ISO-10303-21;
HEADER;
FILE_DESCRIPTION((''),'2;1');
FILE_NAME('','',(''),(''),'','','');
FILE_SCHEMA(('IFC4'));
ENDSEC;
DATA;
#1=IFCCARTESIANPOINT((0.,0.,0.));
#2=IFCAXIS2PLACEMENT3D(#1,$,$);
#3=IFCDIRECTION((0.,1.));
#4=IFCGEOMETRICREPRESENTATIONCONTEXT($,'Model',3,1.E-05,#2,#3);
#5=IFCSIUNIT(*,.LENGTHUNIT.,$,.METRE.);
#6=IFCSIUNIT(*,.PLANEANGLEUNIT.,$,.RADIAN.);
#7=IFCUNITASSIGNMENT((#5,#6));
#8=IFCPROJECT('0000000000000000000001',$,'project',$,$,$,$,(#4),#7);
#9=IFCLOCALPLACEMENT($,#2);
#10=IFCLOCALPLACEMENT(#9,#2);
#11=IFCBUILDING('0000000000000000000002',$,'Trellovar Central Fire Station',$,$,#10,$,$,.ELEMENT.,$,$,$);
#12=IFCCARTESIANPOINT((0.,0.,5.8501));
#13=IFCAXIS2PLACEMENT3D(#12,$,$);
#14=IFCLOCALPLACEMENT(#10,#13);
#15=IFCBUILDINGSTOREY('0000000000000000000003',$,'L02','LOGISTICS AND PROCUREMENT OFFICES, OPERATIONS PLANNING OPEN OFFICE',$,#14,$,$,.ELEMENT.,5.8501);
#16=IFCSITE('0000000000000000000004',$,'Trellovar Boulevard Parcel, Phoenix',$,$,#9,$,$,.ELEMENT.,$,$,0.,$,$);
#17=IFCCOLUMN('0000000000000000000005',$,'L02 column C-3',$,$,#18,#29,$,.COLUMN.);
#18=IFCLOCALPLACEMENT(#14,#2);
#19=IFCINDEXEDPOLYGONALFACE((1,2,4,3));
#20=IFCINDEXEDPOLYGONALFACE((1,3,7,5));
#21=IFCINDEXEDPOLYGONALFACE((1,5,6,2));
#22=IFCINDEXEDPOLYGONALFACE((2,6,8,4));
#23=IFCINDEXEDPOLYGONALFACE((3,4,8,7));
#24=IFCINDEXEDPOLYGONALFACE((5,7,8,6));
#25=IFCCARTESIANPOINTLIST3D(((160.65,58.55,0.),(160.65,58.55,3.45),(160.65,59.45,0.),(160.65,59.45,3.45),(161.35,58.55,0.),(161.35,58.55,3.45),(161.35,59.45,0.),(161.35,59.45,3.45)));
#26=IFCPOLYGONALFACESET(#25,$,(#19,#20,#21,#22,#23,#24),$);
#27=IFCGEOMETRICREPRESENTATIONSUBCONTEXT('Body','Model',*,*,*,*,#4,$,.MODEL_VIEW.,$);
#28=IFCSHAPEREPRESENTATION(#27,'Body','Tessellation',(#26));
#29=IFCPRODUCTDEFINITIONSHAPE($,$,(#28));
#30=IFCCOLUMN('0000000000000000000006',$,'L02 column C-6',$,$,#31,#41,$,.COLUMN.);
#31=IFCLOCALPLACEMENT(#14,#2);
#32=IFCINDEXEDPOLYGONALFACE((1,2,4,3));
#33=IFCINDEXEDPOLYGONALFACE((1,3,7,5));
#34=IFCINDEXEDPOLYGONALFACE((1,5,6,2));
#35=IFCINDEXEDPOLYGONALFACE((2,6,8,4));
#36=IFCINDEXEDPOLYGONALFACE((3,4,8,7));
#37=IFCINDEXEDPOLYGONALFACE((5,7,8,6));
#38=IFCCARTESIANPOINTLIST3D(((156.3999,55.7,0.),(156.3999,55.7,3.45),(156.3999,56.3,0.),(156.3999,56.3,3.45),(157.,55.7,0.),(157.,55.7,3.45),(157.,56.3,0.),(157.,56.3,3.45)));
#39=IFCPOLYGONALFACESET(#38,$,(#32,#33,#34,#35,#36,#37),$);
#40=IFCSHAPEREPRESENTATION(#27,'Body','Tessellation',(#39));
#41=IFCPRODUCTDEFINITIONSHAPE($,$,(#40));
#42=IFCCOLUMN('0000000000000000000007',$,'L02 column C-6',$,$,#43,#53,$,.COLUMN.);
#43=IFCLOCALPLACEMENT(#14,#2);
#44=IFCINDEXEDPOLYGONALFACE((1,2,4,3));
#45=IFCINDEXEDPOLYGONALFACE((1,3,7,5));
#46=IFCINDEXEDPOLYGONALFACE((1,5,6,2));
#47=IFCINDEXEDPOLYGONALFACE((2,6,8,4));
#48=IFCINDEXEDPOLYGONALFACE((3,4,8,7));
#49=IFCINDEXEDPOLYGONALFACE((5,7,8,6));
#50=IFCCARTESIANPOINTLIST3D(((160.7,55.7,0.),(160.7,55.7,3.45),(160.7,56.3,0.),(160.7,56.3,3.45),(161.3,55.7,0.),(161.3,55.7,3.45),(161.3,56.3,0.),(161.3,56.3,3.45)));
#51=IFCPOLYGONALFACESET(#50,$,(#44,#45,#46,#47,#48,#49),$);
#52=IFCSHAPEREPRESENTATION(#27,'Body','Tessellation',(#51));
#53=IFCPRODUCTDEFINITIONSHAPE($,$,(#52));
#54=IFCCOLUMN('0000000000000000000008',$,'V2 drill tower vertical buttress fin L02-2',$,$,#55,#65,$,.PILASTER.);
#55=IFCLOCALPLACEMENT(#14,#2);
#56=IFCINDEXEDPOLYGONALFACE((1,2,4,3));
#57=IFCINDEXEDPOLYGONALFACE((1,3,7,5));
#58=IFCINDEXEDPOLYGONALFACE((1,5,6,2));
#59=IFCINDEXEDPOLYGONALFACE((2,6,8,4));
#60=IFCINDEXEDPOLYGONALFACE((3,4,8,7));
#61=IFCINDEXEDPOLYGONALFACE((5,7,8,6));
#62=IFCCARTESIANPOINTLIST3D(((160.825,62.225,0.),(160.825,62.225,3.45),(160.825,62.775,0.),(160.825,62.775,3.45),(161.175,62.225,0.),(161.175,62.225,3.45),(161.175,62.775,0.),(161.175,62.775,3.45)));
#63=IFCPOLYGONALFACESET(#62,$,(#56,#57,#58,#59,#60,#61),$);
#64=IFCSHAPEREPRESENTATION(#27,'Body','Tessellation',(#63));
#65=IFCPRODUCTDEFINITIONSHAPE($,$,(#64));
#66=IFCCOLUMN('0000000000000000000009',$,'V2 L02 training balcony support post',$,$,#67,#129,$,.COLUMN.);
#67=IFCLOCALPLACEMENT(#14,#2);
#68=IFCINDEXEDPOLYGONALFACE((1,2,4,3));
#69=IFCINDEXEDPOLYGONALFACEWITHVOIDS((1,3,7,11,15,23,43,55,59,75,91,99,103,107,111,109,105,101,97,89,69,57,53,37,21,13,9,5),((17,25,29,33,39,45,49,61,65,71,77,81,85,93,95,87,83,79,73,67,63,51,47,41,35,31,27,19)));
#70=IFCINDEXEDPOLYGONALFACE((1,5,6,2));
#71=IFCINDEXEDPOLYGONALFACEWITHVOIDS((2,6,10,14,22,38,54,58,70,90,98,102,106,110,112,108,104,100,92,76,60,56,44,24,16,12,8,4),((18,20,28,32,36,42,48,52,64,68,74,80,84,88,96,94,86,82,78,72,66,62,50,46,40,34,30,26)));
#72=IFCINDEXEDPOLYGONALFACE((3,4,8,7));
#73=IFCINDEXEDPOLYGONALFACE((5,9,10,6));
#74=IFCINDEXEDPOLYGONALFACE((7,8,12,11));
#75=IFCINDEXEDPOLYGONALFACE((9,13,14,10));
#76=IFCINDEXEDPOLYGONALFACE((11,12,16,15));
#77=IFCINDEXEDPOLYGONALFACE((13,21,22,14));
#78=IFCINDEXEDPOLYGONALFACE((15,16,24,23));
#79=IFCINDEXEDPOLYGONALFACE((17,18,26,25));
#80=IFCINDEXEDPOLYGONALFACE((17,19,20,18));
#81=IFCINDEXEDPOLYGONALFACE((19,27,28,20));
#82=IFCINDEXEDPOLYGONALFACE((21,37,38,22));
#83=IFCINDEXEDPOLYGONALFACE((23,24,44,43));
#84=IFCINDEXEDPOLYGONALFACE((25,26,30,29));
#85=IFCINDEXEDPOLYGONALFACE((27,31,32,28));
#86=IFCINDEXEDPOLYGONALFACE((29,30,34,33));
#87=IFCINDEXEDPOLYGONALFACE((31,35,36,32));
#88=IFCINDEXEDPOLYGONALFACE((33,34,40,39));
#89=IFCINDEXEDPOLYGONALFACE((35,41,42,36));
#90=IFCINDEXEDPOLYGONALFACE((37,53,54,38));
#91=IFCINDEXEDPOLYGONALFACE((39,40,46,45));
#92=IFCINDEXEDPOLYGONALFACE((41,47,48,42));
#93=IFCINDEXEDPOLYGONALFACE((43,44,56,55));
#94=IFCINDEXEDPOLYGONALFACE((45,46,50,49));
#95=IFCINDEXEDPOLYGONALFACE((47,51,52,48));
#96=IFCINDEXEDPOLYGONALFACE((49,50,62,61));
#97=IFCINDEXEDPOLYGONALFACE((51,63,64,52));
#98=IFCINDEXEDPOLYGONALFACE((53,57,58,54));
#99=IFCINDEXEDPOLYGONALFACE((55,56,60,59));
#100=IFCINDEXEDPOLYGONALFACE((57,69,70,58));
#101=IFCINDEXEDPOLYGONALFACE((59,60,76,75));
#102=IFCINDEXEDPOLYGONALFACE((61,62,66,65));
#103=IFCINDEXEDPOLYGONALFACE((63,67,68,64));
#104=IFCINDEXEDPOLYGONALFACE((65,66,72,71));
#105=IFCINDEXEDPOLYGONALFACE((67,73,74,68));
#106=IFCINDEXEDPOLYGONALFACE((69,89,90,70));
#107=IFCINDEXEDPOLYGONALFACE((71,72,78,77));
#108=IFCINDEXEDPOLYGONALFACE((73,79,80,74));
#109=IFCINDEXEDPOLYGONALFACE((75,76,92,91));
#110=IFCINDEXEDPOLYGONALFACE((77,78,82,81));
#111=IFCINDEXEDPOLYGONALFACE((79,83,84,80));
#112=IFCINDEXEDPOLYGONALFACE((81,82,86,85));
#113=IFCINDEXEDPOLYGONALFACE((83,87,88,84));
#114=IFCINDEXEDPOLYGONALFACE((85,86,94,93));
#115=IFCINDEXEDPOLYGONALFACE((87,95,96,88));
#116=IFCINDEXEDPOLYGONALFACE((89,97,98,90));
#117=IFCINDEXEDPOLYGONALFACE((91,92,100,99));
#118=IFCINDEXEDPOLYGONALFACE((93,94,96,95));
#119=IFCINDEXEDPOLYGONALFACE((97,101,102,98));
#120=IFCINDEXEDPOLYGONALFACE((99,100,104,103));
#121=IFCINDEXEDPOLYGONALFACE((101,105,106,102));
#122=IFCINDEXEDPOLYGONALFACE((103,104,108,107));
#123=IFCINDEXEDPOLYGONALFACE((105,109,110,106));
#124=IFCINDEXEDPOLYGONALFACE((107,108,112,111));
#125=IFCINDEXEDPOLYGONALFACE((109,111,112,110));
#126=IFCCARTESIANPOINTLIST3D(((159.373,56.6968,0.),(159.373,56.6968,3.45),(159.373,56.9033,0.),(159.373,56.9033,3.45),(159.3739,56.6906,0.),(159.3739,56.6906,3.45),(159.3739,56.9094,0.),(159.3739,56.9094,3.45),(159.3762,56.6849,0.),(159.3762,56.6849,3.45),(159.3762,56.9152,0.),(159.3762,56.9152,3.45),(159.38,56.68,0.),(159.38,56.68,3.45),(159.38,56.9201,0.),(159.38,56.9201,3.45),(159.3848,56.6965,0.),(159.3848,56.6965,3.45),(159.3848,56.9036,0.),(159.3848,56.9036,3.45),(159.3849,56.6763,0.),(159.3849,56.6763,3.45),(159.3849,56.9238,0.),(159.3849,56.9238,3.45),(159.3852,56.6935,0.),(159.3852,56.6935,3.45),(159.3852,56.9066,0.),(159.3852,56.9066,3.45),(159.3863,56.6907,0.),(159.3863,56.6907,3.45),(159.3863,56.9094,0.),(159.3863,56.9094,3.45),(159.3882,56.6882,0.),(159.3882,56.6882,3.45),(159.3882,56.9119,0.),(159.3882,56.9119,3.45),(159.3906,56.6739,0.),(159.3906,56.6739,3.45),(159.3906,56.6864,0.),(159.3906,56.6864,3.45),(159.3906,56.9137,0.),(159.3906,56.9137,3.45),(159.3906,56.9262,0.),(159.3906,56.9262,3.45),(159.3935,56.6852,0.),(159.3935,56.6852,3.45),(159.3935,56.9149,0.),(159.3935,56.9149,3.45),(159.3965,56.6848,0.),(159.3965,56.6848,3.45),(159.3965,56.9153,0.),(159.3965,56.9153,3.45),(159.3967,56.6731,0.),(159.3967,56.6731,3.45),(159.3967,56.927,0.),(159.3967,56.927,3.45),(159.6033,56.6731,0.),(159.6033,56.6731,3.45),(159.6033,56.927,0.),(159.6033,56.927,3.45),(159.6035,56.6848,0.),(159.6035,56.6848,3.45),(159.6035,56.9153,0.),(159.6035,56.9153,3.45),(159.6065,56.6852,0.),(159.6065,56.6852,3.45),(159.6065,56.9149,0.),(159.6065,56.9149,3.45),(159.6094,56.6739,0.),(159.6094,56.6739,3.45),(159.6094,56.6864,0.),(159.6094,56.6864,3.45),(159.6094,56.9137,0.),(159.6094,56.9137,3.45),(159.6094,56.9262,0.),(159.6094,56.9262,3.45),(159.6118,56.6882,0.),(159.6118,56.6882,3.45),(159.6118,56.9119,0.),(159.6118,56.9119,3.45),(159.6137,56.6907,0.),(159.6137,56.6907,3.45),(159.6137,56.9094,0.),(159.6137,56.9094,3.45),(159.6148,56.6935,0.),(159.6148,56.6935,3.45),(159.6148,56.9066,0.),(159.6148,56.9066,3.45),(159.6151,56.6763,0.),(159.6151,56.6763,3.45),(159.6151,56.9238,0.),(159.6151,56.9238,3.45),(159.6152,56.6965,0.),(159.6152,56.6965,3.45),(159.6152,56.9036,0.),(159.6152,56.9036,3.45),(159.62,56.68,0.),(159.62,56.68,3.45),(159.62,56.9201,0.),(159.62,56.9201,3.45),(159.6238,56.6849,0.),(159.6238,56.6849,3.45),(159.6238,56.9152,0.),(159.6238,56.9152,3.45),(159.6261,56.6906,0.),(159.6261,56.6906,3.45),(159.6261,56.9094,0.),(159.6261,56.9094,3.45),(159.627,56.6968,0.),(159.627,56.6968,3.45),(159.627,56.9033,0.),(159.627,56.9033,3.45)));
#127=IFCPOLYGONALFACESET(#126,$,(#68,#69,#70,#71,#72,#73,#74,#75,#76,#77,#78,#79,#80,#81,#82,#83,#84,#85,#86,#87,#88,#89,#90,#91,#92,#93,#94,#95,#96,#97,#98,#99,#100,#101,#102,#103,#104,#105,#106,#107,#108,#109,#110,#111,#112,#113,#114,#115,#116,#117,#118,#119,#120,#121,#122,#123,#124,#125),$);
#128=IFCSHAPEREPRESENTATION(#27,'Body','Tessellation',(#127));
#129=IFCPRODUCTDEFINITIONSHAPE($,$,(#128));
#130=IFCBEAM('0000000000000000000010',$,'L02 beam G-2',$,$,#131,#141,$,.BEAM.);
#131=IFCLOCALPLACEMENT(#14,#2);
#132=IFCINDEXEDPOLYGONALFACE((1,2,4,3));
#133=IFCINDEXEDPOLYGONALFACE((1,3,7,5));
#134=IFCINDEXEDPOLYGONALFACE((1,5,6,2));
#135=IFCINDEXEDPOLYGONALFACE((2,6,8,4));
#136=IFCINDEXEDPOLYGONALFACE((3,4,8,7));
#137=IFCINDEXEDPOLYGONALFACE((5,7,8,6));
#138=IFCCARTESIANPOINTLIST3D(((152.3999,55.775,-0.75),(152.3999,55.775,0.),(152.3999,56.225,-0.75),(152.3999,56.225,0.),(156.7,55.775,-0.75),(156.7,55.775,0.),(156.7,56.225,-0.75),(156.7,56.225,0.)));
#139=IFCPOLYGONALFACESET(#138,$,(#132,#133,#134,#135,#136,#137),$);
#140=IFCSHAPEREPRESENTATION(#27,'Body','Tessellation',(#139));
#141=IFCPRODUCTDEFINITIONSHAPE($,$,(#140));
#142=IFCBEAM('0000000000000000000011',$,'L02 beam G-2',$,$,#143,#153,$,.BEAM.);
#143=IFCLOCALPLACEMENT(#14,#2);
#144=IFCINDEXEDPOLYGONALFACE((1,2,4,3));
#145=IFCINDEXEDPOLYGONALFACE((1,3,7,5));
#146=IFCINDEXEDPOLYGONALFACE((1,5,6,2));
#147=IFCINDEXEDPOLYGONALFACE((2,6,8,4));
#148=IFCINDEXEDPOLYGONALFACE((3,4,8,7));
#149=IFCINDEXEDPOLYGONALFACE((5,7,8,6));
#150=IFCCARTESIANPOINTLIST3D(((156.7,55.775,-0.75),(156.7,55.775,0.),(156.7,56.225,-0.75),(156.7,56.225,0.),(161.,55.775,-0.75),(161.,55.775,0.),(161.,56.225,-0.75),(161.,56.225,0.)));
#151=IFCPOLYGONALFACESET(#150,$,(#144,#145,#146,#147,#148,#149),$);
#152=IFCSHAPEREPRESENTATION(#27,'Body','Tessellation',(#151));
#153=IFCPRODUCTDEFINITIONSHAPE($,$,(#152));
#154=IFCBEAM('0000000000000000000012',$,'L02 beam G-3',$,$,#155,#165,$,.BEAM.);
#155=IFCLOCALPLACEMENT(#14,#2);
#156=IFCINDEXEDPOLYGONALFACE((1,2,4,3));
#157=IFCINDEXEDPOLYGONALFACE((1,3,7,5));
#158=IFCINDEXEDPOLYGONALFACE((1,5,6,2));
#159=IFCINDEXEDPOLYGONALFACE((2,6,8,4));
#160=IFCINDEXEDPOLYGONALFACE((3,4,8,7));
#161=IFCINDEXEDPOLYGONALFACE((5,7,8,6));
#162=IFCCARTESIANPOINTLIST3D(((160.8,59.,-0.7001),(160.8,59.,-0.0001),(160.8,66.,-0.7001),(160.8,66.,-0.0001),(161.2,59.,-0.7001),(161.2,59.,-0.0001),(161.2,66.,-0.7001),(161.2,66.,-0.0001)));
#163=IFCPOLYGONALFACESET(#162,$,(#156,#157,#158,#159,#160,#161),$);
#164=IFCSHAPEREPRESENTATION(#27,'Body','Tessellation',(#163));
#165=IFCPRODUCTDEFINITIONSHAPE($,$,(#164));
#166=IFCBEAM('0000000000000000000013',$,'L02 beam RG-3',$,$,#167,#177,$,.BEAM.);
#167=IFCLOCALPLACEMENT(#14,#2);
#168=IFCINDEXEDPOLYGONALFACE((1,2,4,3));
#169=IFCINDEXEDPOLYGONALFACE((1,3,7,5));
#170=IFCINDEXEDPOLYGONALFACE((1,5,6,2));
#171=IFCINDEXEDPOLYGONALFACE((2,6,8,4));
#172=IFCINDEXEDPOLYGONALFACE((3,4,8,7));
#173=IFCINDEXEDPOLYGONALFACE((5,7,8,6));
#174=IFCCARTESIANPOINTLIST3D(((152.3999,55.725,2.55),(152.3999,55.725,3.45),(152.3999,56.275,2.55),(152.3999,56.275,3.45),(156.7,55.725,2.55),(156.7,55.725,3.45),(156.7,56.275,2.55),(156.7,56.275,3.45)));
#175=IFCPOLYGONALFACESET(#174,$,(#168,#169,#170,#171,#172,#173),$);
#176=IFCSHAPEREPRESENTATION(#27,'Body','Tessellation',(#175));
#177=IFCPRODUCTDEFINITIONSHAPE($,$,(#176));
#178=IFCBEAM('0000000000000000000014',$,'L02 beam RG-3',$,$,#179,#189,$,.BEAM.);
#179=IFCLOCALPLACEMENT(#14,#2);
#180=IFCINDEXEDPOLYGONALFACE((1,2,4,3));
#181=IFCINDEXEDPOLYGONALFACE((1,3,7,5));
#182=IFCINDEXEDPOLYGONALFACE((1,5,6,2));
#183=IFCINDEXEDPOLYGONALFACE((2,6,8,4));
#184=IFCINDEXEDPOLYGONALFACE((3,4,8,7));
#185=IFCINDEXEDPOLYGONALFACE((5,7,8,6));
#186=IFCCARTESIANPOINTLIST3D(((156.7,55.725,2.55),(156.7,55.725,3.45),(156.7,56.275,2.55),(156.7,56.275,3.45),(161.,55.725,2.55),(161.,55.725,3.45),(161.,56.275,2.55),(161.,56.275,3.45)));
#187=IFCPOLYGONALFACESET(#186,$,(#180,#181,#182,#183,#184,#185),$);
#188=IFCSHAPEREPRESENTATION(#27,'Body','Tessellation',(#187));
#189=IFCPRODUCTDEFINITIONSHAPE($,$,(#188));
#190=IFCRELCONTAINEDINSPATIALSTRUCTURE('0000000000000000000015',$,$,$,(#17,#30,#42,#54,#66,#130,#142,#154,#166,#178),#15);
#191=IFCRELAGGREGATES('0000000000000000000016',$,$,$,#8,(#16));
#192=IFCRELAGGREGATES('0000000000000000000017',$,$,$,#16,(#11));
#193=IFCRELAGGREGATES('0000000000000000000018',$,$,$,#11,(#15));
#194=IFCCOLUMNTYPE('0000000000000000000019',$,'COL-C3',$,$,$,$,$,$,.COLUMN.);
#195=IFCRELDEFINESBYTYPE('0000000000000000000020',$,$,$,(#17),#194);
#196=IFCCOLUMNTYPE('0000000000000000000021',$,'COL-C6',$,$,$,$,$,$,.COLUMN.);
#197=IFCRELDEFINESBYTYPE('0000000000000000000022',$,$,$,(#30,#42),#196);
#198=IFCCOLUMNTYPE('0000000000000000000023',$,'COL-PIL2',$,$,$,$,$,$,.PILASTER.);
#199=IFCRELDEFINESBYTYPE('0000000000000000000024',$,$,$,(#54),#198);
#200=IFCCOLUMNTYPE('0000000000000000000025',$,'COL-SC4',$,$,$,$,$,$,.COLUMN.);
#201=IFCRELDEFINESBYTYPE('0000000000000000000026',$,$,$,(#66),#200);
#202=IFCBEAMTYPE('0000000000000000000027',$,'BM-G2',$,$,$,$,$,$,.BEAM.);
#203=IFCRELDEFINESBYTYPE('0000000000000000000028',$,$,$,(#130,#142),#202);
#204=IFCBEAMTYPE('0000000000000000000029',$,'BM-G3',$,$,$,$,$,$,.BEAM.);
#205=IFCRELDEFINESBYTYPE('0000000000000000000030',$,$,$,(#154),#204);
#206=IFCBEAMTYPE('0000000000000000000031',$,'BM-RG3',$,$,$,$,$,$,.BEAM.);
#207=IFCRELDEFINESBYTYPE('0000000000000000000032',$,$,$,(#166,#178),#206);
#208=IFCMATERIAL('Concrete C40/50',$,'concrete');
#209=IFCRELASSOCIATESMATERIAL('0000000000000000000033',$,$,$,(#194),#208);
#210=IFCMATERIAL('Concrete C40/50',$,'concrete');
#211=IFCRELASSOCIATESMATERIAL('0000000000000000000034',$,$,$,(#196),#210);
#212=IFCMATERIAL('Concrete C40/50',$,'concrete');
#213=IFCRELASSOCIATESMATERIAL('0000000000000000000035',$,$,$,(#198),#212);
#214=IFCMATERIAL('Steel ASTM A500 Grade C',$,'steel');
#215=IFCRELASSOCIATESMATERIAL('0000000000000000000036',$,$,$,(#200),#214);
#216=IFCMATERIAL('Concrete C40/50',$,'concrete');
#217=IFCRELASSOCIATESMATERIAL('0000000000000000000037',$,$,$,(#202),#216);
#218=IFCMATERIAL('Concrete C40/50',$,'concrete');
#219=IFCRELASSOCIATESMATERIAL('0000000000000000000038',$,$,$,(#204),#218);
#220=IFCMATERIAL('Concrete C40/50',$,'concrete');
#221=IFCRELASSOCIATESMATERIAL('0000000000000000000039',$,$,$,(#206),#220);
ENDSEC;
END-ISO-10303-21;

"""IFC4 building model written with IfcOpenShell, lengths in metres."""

from ifc_helpers import new_model, si_unit, direction, frame, origin, origin_2d, place, context, subcontext, project, spatial, rectangle, hollow_rectangle, extrude, material, material_profile, profile_set, type_object, element, save


model = new_model("IFC4")

# Units and contexts
model_context = context("Model", 3, precision=1e-05, world=origin(), true_north=direction((0.0, 1.0)))
body_context = subcontext(model_context, "Body", "Model", "MODEL_VIEW")
ifc_project = project(units=[si_unit("LENGTHUNIT", "METRE"), si_unit("PLANEANGLEUNIT", "RADIAN")], contexts=[model_context])

# Site, building, storey
site_placement = place(None, origin())
site = spatial("IfcSite", under=ifc_project, at=site_placement, Name="Trellovar Boulevard Parcel, Phoenix", CompositionType="ELEMENT", RefElevation=0.0)
building_placement = place(site_placement, origin())
building = spatial("IfcBuilding", under=site, at=building_placement, Name="Trellovar Central Fire Station", CompositionType="ELEMENT")
storey_placement = place(building_placement, frame((0.0, 0.0, 5.8501)))
storey = spatial("IfcBuildingStorey", under=building, at=storey_placement, Name="L02", Description="LOGISTICS AND PROCUREMENT OFFICES, OPERATIONS PLANNING OPEN OFFICE", CompositionType="ELEMENT", Elevation=5.8501)

# Columns
ifc_material_1 = material(Name="Concrete C40/50", Category="concrete")
ifc_material_profile_1 = material_profile(ifc_material_1, rectangle(XDim=0.7, YDim=0.8999, at=origin_2d()), Name="RC700X900")
ifc_profile_set_1 = profile_set([ifc_material_profile_1], Name="Concrete C40/50")
column_type_1 = type_object("IfcColumnType", Name="COL-C3", PredefinedType="COLUMN", material=ifc_profile_set_1)
column_1_placement = place(storey_placement, frame((161.0, 59.0, 0.0), z_axis=(0.0, 0.0, 1.0), x_axis=(1.0, 0.0, 0.0)))
element("IfcColumn", 1, at=column_1_placement, inside=storey, type_object=column_type_1, Name="L02 column C-3", PredefinedType="COLUMN", context=body_context, shape_type="SweptSolid", body=[
    extrude(rectangle(XDim=0.7, YDim=0.8999, at=origin_2d()), origin(), (0.0, 0.0, 1.0), 3.45),
])
ifc_material_2 = material(Name="Concrete C40/50", Category="concrete")
ifc_material_profile_2 = material_profile(ifc_material_2, rectangle(XDim=0.6001, YDim=0.6001, at=origin_2d()), Name="RC600X600")
ifc_profile_set_2 = profile_set([ifc_material_profile_2], Name="Concrete C40/50")
column_type_2 = type_object("IfcColumnType", Name="COL-C6", PredefinedType="COLUMN", material=ifc_profile_set_2)
for number, where, z_axis, x_axis, name in (
    (2, (156.7, 56.0, 0.0), (0.0, 0.0, 1.0), (1.0, 0.0, 0.0), "L02 column C-6"),
    (3, (161.0, 56.0, 0.0), (0.0, 0.0, 1.0), (1.0, 0.0, 0.0), "L02 column C-6"),
):
    element("IfcColumn", number, at=place(storey_placement, frame(where, z_axis=z_axis, x_axis=x_axis)), inside=storey, type_object=column_type_2, Name=name, PredefinedType="COLUMN", context=body_context, shape_type="SweptSolid", body=[
        extrude(rectangle(XDim=0.6001, YDim=0.6001, at=origin_2d()), origin(), (0.0, 0.0, 1.0), 3.45),
    ])
ifc_material_3 = material(Name="Concrete C40/50", Category="concrete")
ifc_material_profile_3 = material_profile(ifc_material_3, rectangle(XDim=0.3501, YDim=0.55, at=origin_2d()), Name="RC350X550")
ifc_profile_set_3 = profile_set([ifc_material_profile_3], Name="Concrete C40/50")
column_type_3 = type_object("IfcColumnType", Name="COL-PIL2", PredefinedType="PILASTER", material=ifc_profile_set_3)
column_2_placement = place(storey_placement, frame((161.0, 62.5, 0.0), z_axis=(0.0, 0.0, 1.0), x_axis=(1.0, 0.0, 0.0)))
element("IfcColumn", 4, at=column_2_placement, inside=storey, type_object=column_type_3, Name="V2 drill tower vertical buttress fin L02-2", PredefinedType="PILASTER", context=body_context, shape_type="SweptSolid", body=[
    extrude(rectangle(XDim=0.3501, YDim=0.55, at=origin_2d()), origin(), (0.0, 0.0, 1.0), 3.45),
])
ifc_material_4 = material(Name="Steel ASTM A500 Grade C", Category="steel")
ifc_material_profile_4 = material_profile(ifc_material_4, hollow_rectangle(XDim=0.2539, YDim=0.2539, WallThickness=0.0117, InnerFilletRadius=0.0117, OuterFilletRadius=0.0237, at=origin_2d()), Name="HSS10X10X1/2")
ifc_profile_set_4 = profile_set([ifc_material_profile_4], Name="Steel ASTM A500 Grade C")
column_type_4 = type_object("IfcColumnType", Name="COL-SC4", PredefinedType="COLUMN", material=ifc_profile_set_4)
column_3_placement = place(storey_placement, frame((159.5, 56.8, 0.0), z_axis=(0.0, 0.0, 1.0), x_axis=(1.0, 0.0, 0.0)))
element("IfcColumn", 5, at=column_3_placement, inside=storey, type_object=column_type_4, Name="V2 L02 training balcony support post", PredefinedType="COLUMN", context=body_context, shape_type="SweptSolid", body=[
    extrude(hollow_rectangle(XDim=0.2539, YDim=0.2539, WallThickness=0.0117, InnerFilletRadius=0.0117, OuterFilletRadius=0.0237, at=origin_2d()), origin(), (0.0, 0.0, 1.0), 3.45),
])

# Beams
ifc_material_5 = material(Name="Concrete C40/50", Category="concrete")
ifc_material_profile_5 = material_profile(ifc_material_5, rectangle(XDim=0.45, YDim=0.75, at=origin_2d()), Name="RC450X750")
ifc_profile_set_5 = profile_set([ifc_material_profile_5], Name="Concrete C40/50")
beam_type_1 = type_object("IfcBeamType", Name="BM-G2", PredefinedType="BEAM", material=ifc_profile_set_5)
for number, where, z_axis, x_axis, name in (
    (6, (152.3999, 56.0, -0.375), (1.0, 0.0, 0.0), (0.0, 1.0, 0.0), "L02 beam G-2"),
    (7, (156.7, 56.0, -0.375), (1.0, 0.0, 0.0), (0.0, 1.0, 0.0), "L02 beam G-2"),
):
    element("IfcBeam", number, at=place(storey_placement, frame(where, z_axis=z_axis, x_axis=x_axis)), inside=storey, type_object=beam_type_1, Name=name, PredefinedType="BEAM", context=body_context, shape_type="SweptSolid", body=[
        extrude(rectangle(XDim=0.45, YDim=0.75, at=origin_2d()), origin(), (0.0, 0.0, 1.0), 4.3),
    ])
ifc_material_6 = material(Name="Concrete C40/50", Category="concrete")
ifc_material_profile_6 = material_profile(ifc_material_6, rectangle(XDim=0.3999, YDim=0.7, at=origin_2d()), Name="RC400X700")
ifc_profile_set_6 = profile_set([ifc_material_profile_6], Name="Concrete C40/50")
beam_type_2 = type_object("IfcBeamType", Name="BM-G3", PredefinedType="BEAM", material=ifc_profile_set_6)
beam_1_placement = place(storey_placement, frame((161.0, 59.0, -0.3501), z_axis=(0.0, 1.0, 0.0), x_axis=(-1.0, 0.0, 0.0)))
element("IfcBeam", 8, at=beam_1_placement, inside=storey, type_object=beam_type_2, Name="L02 beam G-3", PredefinedType="BEAM", context=body_context, shape_type="SweptSolid", body=[
    extrude(rectangle(XDim=0.3999, YDim=0.7, at=origin_2d()), origin(), (0.0, 0.0, 1.0), 7.0),
])
ifc_material_7 = material(Name="Concrete C40/50", Category="concrete")
ifc_material_profile_7 = material_profile(ifc_material_7, rectangle(XDim=0.55, YDim=0.8999, at=origin_2d()), Name="RC550X900")
ifc_profile_set_7 = profile_set([ifc_material_profile_7], Name="Concrete C40/50")
beam_type_3 = type_object("IfcBeamType", Name="BM-RG3", PredefinedType="BEAM", material=ifc_profile_set_7)
for number, where, z_axis, x_axis, name in (
    (9, (152.3999, 56.0, 3.0), (1.0, 0.0, 0.0), (0.0, 1.0, 0.0), "L02 beam RG-3"),
    (10, (156.7, 56.0, 3.0), (1.0, 0.0, 0.0), (0.0, 1.0, 0.0), "L02 beam RG-3"),
):
    element("IfcBeam", number, at=place(storey_placement, frame(where, z_axis=z_axis, x_axis=x_axis)), inside=storey, type_object=beam_type_3, Name=name, PredefinedType="BEAM", context=body_context, shape_type="SweptSolid", body=[
        extrude(rectangle(XDim=0.55, YDim=0.8999, at=origin_2d()), origin(), (0.0, 0.0, 1.0), 4.3),
    ])

save(model, "model.ifc")
